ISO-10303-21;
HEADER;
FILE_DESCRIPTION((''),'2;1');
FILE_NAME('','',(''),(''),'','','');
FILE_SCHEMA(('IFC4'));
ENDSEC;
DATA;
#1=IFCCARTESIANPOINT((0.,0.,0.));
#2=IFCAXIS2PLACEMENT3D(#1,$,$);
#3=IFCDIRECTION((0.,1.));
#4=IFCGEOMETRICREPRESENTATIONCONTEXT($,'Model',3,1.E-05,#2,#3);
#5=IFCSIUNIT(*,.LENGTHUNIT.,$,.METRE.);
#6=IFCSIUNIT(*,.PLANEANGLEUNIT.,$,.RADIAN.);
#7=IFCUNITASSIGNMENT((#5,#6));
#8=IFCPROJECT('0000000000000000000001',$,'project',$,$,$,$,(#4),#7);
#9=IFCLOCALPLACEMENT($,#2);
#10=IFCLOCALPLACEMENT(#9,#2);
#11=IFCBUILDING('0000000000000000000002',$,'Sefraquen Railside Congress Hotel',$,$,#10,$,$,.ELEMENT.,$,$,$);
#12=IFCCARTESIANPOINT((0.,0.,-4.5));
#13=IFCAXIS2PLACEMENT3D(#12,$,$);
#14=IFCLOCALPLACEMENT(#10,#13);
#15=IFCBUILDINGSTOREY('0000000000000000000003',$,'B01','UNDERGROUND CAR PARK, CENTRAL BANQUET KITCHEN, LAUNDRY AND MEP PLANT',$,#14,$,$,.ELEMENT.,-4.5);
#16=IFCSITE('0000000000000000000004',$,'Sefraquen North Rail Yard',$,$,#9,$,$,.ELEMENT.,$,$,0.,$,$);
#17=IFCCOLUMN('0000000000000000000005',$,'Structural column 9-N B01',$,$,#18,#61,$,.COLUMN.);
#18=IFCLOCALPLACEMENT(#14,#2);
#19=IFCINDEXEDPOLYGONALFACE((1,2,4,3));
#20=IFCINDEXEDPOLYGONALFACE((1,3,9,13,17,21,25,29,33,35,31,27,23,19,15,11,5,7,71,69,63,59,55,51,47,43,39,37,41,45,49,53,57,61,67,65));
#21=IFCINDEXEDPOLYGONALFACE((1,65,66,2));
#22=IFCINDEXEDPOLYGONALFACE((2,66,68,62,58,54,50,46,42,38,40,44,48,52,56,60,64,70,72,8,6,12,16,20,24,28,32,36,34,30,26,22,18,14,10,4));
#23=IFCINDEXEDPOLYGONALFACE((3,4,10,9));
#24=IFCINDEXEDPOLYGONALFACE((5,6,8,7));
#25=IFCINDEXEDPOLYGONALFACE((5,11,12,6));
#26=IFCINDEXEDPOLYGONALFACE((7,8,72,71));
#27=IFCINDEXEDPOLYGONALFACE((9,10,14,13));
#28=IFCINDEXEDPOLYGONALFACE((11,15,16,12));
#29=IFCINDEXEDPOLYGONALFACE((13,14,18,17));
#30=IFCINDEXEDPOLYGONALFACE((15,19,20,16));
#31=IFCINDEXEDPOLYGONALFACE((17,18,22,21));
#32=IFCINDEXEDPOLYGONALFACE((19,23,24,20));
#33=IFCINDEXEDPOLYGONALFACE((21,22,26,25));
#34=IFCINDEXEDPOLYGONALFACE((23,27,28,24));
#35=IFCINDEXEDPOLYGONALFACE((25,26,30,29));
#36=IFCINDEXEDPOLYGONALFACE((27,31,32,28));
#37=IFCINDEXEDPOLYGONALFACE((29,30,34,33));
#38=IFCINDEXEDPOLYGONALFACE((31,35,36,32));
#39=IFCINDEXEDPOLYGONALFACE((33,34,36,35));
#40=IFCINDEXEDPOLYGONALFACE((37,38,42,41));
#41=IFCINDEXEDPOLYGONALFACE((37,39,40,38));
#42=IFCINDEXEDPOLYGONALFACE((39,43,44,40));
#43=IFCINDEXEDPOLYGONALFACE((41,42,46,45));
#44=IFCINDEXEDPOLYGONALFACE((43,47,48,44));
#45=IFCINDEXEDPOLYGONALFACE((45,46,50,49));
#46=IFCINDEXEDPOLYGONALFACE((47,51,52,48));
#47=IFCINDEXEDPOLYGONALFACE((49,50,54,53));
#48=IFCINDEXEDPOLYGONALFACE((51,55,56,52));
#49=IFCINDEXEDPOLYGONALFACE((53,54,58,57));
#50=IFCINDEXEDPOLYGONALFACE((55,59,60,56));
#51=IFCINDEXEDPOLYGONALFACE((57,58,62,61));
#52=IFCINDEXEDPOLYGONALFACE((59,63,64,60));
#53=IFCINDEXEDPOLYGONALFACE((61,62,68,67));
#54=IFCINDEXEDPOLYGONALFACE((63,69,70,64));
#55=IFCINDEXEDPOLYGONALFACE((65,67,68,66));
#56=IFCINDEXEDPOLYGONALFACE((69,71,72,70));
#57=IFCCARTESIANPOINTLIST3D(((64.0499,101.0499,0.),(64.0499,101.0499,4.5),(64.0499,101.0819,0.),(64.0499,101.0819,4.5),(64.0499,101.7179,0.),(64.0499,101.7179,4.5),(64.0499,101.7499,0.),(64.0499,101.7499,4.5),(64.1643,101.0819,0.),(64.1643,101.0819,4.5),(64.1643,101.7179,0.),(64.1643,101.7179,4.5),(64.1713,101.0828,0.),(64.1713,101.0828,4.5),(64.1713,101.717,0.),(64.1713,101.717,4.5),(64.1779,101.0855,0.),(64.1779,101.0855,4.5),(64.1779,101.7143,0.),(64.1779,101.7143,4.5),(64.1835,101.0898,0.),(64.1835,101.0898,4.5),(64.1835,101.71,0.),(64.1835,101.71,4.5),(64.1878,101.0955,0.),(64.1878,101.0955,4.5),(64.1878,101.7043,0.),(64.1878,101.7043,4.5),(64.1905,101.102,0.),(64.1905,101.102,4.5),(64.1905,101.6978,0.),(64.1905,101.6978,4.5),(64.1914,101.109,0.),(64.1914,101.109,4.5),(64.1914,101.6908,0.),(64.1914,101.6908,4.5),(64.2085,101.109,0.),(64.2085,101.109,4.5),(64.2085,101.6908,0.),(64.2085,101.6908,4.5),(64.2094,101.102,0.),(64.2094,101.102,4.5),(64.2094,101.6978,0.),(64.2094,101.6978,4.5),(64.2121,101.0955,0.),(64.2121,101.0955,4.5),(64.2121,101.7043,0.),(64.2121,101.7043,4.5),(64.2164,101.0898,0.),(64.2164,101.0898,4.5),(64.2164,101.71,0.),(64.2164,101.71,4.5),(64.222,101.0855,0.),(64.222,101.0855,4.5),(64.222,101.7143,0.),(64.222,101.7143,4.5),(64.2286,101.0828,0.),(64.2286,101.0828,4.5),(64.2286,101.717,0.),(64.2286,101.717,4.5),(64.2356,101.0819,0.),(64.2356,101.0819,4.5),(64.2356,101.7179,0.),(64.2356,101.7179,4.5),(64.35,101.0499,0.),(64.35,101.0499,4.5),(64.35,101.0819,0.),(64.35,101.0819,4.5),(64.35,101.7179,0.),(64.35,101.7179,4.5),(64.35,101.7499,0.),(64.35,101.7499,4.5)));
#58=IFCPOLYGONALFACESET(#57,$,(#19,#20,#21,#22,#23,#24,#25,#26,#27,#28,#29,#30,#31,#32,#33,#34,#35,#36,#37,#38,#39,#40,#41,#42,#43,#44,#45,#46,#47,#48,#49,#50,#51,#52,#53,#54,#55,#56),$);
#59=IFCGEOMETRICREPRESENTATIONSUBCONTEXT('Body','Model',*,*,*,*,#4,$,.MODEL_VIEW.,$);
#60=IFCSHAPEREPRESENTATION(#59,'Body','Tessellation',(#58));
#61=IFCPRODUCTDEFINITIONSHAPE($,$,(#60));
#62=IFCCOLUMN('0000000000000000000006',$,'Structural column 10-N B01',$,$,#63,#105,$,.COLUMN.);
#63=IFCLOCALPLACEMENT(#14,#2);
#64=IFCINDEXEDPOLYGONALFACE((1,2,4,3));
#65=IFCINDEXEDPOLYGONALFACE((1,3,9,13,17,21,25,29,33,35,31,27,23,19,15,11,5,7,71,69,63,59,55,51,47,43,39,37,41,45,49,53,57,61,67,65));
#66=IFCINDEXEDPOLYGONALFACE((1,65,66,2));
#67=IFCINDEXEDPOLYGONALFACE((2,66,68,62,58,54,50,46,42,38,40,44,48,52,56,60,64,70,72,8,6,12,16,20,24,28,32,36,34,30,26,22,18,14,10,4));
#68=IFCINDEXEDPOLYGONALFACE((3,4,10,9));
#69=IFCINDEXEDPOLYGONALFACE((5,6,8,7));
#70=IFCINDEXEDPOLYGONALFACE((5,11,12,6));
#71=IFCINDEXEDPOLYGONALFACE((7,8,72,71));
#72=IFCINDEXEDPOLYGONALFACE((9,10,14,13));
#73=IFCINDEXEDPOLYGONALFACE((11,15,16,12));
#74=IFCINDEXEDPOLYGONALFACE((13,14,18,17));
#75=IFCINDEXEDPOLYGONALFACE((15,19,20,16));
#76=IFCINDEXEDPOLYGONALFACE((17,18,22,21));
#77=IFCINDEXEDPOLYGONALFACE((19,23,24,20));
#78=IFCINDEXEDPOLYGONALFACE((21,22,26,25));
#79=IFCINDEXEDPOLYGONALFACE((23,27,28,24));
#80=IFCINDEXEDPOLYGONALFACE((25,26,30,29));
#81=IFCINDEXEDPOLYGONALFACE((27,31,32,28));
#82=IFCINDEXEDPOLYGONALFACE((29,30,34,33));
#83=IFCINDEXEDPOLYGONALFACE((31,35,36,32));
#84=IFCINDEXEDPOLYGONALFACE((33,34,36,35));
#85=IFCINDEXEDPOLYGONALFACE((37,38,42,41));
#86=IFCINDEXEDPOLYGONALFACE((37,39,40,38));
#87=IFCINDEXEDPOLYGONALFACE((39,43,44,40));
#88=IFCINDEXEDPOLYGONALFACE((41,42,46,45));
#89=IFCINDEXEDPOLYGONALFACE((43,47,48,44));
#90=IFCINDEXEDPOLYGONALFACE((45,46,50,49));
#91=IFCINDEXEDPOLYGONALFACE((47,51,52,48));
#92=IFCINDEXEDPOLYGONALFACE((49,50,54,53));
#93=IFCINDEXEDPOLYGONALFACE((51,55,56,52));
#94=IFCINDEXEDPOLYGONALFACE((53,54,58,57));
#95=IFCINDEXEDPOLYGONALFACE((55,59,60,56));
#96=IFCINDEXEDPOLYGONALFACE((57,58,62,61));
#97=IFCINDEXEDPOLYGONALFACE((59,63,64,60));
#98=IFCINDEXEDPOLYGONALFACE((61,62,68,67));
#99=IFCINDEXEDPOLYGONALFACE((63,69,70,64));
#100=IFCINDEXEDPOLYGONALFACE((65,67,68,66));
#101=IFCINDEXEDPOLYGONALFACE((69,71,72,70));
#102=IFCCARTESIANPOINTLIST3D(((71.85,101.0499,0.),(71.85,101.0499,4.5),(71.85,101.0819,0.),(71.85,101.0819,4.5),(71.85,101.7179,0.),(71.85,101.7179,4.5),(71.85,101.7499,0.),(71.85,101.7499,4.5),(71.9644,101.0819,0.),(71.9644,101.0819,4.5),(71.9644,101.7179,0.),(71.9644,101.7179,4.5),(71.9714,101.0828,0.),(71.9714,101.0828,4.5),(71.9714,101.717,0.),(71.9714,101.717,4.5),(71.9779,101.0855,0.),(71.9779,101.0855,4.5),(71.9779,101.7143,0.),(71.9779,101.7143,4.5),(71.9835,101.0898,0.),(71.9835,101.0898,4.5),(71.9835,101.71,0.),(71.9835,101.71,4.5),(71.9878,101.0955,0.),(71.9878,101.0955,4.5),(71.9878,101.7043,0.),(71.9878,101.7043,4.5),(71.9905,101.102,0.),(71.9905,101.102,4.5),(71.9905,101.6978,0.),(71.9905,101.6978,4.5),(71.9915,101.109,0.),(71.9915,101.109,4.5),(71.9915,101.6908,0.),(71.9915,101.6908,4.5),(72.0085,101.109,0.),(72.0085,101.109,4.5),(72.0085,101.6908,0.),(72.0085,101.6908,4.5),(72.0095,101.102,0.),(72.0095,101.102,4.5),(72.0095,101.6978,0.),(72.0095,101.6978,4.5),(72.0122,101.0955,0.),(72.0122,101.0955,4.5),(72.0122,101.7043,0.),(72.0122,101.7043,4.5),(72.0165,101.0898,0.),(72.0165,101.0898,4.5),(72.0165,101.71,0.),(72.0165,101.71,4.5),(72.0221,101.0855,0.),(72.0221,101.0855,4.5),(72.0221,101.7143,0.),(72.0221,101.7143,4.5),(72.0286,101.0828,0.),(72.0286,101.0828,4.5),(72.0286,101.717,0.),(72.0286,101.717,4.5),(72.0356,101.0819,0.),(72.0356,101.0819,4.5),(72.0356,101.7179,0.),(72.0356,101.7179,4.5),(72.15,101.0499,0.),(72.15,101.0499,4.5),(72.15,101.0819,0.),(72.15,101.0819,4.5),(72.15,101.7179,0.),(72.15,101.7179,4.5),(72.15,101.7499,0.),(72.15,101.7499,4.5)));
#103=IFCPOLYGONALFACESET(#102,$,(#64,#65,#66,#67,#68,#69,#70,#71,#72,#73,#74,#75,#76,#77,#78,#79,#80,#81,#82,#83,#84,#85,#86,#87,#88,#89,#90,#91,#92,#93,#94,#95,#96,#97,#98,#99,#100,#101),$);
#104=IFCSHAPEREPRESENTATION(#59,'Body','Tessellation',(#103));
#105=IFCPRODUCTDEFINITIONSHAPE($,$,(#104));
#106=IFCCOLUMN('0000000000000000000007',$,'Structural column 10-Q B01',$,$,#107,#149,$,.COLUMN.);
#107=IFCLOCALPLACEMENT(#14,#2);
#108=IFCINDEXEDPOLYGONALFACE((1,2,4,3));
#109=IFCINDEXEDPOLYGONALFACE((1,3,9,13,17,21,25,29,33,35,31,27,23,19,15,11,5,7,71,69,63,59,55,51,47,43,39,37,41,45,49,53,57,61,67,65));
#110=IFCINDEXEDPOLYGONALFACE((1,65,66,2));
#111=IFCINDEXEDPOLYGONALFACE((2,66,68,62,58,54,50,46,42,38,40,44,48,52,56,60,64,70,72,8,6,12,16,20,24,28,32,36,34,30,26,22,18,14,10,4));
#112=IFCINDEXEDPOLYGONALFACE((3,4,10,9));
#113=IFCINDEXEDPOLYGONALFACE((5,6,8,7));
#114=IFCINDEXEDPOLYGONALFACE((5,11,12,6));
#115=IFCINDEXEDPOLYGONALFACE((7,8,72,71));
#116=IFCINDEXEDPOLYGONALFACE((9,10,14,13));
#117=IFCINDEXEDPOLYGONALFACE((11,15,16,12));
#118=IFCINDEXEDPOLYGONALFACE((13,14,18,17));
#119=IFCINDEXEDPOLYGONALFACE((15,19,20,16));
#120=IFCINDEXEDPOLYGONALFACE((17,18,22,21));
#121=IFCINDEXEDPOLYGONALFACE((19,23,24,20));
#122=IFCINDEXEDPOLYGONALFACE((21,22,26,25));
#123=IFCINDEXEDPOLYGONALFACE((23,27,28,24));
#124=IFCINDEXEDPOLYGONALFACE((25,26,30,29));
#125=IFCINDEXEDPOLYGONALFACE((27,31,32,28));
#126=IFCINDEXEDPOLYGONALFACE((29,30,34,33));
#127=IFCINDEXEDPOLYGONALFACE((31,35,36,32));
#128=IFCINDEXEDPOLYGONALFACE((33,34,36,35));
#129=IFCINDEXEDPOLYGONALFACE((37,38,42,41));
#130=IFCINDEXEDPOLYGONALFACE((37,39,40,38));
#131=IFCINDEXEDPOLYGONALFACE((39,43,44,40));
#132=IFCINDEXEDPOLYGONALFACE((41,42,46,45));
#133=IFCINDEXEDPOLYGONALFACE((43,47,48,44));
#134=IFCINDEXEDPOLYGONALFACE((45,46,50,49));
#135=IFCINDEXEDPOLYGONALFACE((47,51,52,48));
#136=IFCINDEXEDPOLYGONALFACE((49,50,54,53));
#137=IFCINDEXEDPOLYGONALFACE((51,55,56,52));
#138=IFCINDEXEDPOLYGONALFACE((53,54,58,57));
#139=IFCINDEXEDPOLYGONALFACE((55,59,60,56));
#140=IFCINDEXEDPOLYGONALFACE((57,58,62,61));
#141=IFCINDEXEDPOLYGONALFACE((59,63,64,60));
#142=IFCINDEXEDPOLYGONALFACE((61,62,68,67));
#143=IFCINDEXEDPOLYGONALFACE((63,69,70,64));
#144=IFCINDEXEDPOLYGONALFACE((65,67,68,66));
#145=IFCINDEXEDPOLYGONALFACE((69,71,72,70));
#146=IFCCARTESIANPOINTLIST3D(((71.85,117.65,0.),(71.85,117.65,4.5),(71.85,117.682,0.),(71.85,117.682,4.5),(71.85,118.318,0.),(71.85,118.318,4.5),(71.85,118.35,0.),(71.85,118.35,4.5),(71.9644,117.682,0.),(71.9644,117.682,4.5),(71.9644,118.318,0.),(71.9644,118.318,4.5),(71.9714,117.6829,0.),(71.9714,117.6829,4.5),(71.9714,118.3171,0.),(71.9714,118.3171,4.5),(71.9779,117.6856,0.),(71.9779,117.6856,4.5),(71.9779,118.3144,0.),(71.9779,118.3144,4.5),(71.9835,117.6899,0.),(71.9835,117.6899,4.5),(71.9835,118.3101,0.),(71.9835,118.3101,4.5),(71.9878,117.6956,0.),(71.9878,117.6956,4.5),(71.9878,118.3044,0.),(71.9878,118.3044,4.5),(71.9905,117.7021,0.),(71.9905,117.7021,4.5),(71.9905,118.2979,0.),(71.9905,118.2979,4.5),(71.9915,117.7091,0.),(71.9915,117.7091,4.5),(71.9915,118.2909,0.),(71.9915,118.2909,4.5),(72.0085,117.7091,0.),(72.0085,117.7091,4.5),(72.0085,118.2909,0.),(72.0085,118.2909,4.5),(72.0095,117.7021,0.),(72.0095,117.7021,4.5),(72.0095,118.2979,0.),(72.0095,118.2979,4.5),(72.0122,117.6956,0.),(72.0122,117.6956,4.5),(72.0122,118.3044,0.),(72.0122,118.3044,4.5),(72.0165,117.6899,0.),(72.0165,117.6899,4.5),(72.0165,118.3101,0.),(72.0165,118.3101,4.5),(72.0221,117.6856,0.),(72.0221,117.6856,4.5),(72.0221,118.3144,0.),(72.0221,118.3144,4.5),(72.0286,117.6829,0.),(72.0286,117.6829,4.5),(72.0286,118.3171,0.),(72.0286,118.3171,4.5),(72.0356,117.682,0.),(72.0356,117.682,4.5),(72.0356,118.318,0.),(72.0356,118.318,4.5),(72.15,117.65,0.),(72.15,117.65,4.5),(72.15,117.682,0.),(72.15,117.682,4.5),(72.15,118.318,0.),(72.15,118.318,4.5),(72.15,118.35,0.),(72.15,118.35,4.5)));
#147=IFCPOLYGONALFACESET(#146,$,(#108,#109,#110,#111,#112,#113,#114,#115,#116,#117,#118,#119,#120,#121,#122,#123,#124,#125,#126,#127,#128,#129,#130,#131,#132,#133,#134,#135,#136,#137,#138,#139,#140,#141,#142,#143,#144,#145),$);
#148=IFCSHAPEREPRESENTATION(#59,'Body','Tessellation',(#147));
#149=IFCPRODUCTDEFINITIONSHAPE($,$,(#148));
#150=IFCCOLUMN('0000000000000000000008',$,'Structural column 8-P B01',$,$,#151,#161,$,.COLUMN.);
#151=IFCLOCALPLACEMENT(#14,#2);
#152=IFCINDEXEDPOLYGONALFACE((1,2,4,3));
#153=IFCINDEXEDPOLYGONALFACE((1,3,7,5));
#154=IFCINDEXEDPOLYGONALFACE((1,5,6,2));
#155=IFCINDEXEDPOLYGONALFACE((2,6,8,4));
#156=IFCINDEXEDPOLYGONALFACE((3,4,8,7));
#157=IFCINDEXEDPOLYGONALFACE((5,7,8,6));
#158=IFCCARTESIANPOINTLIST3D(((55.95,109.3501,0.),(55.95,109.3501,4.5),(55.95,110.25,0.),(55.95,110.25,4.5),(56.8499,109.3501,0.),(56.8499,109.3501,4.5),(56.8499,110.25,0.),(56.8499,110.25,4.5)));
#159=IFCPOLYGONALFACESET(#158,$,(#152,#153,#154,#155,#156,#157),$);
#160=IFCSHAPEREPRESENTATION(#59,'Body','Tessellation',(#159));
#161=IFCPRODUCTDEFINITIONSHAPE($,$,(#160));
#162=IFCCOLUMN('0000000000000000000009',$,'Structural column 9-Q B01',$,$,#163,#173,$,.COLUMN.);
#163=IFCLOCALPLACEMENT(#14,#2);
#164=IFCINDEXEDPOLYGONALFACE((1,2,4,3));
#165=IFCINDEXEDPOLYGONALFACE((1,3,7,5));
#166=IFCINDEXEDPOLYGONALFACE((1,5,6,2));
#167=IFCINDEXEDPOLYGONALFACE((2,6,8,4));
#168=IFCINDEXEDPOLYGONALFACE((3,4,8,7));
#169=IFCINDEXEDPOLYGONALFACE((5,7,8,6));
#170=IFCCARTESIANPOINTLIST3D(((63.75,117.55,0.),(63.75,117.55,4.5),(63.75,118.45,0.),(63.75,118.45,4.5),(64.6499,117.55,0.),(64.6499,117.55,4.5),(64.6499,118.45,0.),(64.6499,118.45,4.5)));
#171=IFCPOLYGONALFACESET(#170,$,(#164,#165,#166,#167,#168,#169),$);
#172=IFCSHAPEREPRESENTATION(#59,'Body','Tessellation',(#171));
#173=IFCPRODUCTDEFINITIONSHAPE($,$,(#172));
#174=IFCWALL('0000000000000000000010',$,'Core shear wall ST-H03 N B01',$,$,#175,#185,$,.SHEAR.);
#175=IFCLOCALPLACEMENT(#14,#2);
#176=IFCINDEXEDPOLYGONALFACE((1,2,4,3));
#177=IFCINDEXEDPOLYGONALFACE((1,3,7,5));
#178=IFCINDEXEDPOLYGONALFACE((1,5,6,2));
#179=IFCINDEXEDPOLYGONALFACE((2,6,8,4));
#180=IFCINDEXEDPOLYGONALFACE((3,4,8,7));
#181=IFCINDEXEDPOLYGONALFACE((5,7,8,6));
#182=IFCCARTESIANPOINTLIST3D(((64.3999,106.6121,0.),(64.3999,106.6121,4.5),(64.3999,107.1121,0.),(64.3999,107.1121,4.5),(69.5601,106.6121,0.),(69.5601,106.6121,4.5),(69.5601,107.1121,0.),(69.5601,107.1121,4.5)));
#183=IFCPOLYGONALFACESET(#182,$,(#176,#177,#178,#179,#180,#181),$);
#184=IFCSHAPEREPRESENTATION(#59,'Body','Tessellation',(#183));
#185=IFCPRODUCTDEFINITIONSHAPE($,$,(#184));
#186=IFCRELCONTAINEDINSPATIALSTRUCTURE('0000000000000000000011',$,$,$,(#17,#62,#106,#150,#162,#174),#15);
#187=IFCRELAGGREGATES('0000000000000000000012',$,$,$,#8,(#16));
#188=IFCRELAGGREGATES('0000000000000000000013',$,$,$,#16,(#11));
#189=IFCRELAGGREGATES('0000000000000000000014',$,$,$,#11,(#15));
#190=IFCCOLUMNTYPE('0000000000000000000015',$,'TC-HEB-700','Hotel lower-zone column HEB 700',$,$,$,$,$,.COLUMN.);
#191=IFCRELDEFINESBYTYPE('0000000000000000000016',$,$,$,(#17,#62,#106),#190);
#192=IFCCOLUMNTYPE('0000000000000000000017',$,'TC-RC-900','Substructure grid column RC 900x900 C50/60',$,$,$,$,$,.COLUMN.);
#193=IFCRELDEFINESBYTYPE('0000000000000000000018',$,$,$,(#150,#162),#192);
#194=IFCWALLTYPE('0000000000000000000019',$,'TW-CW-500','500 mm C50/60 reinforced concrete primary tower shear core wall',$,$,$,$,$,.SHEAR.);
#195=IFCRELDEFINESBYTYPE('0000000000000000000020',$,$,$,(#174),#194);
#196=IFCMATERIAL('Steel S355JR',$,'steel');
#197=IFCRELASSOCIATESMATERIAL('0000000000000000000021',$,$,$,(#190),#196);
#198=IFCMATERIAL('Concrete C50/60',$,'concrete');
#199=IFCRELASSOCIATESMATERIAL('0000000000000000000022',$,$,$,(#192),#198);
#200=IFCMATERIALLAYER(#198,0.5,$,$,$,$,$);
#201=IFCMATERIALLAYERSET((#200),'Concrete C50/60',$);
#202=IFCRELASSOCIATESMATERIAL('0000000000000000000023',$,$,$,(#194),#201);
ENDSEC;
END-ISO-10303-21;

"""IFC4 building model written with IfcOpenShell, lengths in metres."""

from ifc_helpers import new_model, si_unit, direction, frame, frame_2d, origin, origin_2d, place, context, subcontext, project, spatial, rectangle, i_section, extrude, material, layer, layer_set, material_profile, profile_set, type_object, element, save


model = new_model("IFC4")

# Units and contexts
model_context = context("Model", 3, precision=1e-05, world=origin(), true_north=direction((0.0, 1.0)))
body_context = subcontext(model_context, "Body", "Model", "MODEL_VIEW")
ifc_project = project(units=[si_unit("LENGTHUNIT", "METRE"), si_unit("PLANEANGLEUNIT", "RADIAN")], contexts=[model_context])

# Site, building, storey
site_placement = place(None, origin())
site = spatial("IfcSite", under=ifc_project, at=site_placement, Name="Sefraquen North Rail Yard", CompositionType="ELEMENT", RefElevation=0.0)
building_placement = place(site_placement, origin())
building = spatial("IfcBuilding", under=site, at=building_placement, Name="Sefraquen Railside Congress Hotel", CompositionType="ELEMENT")
storey_placement = place(building_placement, frame((0.0, 0.0, -4.5)))
storey = spatial("IfcBuildingStorey", under=building, at=storey_placement, Name="B01", Description="UNDERGROUND CAR PARK, CENTRAL BANQUET KITCHEN, LAUNDRY AND MEP PLANT", CompositionType="ELEMENT", Elevation=-4.5)

# Columns
ifc_material_1 = material(Name="Steel S355JR", Category="steel")
ifc_material_profile_1 = material_profile(ifc_material_1, i_section(OverallWidth=0.3, OverallDepth=0.7, WebThickness=0.0171, FlangeThickness=0.032, FilletRadius=0.0271, at=origin_2d()), Name="HEB 700")
ifc_profile_set_1 = profile_set([ifc_material_profile_1], Name="Steel S355JR")
column_type_1 = type_object("IfcColumnType", Name="TC-HEB-700", Description="Hotel lower-zone column HEB 700", PredefinedType="COLUMN", material=ifc_profile_set_1)
for number, where, z_axis, x_axis, name in (
    (1, (64.2, 101.3999, 0.0), (0.0, 0.0, 1.0), (1.0, 0.0, 0.0), "Structural column 9-N B01"),
    (2, (72.0, 101.3999, 0.0), (0.0, 0.0, 1.0), (1.0, 0.0, 0.0), "Structural column 10-N B01"),
    (3, (72.0, 118.0, 0.0), (0.0, 0.0, 1.0), (1.0, 0.0, 0.0), "Structural column 10-Q B01"),
):
    element("IfcColumn", number, at=place(storey_placement, frame(where, z_axis=z_axis, x_axis=x_axis)), inside=storey, type_object=column_type_1, Name=name, PredefinedType="COLUMN", context=body_context, shape_type="SweptSolid", body=[
        extrude(i_section(OverallWidth=0.3, OverallDepth=0.7, WebThickness=0.0171, FlangeThickness=0.032, FilletRadius=0.0271, at=origin_2d()), origin(), (0.0, 0.0, 1.0), 4.5),
    ])
ifc_material_2 = material(Name="Concrete C50/60", Category="concrete")
ifc_material_profile_2 = material_profile(ifc_material_2, rectangle(XDim=0.8999, YDim=0.8999, at=origin_2d()), Name="RC 900x900")
ifc_profile_set_2 = profile_set([ifc_material_profile_2], Name="Concrete C50/60")
column_type_2 = type_object("IfcColumnType", Name="TC-RC-900", Description="Substructure grid column RC 900x900 C50/60", PredefinedType="COLUMN", material=ifc_profile_set_2)
for number, where, z_axis, x_axis, name in (
    (4, (56.3999, 109.8, 0.0), (0.0, 0.0, 1.0), (1.0, 0.0, 0.0), "Structural column 8-P B01"),
    (5, (64.2, 118.0, 0.0), (0.0, 0.0, 1.0), (1.0, 0.0, 0.0), "Structural column 9-Q B01"),
):
    element("IfcColumn", number, at=place(storey_placement, frame(where, z_axis=z_axis, x_axis=x_axis)), inside=storey, type_object=column_type_2, Name=name, PredefinedType="COLUMN", context=body_context, shape_type="SweptSolid", body=[
        extrude(rectangle(XDim=0.8999, YDim=0.8999, at=origin_2d()), origin(), (0.0, 0.0, 1.0), 4.5),
    ])

# Wall
ifc_layer_1 = layer(ifc_material_2, 0.5)
ifc_layer_set_1 = layer_set([ifc_layer_1], Name="Concrete C50/60")
wall_type_1 = type_object("IfcWallType", Name="TW-CW-500", Description="500 mm C50/60 reinforced concrete primary tower shear core wall", PredefinedType="SHEAR", material=ifc_layer_set_1)
wall_1_placement = place(storey_placement, frame((64.3999, 106.8621, 0.0), z_axis=(0.0, 0.0, 1.0), x_axis=(1.0, 0.0, 0.0)))
element("IfcWall", 6, at=wall_1_placement, inside=storey, type_object=wall_type_1, Name="Core shear wall ST-H03 N B01", PredefinedType="SHEAR", context=body_context, shape_type="SweptSolid", body=[
    extrude(rectangle(XDim=5.1602, YDim=0.5, at=frame_2d((2.5801, 0.0))), origin(), (0.0, 0.0, 1.0), 4.5),
])

save(model, "model.ifc")
